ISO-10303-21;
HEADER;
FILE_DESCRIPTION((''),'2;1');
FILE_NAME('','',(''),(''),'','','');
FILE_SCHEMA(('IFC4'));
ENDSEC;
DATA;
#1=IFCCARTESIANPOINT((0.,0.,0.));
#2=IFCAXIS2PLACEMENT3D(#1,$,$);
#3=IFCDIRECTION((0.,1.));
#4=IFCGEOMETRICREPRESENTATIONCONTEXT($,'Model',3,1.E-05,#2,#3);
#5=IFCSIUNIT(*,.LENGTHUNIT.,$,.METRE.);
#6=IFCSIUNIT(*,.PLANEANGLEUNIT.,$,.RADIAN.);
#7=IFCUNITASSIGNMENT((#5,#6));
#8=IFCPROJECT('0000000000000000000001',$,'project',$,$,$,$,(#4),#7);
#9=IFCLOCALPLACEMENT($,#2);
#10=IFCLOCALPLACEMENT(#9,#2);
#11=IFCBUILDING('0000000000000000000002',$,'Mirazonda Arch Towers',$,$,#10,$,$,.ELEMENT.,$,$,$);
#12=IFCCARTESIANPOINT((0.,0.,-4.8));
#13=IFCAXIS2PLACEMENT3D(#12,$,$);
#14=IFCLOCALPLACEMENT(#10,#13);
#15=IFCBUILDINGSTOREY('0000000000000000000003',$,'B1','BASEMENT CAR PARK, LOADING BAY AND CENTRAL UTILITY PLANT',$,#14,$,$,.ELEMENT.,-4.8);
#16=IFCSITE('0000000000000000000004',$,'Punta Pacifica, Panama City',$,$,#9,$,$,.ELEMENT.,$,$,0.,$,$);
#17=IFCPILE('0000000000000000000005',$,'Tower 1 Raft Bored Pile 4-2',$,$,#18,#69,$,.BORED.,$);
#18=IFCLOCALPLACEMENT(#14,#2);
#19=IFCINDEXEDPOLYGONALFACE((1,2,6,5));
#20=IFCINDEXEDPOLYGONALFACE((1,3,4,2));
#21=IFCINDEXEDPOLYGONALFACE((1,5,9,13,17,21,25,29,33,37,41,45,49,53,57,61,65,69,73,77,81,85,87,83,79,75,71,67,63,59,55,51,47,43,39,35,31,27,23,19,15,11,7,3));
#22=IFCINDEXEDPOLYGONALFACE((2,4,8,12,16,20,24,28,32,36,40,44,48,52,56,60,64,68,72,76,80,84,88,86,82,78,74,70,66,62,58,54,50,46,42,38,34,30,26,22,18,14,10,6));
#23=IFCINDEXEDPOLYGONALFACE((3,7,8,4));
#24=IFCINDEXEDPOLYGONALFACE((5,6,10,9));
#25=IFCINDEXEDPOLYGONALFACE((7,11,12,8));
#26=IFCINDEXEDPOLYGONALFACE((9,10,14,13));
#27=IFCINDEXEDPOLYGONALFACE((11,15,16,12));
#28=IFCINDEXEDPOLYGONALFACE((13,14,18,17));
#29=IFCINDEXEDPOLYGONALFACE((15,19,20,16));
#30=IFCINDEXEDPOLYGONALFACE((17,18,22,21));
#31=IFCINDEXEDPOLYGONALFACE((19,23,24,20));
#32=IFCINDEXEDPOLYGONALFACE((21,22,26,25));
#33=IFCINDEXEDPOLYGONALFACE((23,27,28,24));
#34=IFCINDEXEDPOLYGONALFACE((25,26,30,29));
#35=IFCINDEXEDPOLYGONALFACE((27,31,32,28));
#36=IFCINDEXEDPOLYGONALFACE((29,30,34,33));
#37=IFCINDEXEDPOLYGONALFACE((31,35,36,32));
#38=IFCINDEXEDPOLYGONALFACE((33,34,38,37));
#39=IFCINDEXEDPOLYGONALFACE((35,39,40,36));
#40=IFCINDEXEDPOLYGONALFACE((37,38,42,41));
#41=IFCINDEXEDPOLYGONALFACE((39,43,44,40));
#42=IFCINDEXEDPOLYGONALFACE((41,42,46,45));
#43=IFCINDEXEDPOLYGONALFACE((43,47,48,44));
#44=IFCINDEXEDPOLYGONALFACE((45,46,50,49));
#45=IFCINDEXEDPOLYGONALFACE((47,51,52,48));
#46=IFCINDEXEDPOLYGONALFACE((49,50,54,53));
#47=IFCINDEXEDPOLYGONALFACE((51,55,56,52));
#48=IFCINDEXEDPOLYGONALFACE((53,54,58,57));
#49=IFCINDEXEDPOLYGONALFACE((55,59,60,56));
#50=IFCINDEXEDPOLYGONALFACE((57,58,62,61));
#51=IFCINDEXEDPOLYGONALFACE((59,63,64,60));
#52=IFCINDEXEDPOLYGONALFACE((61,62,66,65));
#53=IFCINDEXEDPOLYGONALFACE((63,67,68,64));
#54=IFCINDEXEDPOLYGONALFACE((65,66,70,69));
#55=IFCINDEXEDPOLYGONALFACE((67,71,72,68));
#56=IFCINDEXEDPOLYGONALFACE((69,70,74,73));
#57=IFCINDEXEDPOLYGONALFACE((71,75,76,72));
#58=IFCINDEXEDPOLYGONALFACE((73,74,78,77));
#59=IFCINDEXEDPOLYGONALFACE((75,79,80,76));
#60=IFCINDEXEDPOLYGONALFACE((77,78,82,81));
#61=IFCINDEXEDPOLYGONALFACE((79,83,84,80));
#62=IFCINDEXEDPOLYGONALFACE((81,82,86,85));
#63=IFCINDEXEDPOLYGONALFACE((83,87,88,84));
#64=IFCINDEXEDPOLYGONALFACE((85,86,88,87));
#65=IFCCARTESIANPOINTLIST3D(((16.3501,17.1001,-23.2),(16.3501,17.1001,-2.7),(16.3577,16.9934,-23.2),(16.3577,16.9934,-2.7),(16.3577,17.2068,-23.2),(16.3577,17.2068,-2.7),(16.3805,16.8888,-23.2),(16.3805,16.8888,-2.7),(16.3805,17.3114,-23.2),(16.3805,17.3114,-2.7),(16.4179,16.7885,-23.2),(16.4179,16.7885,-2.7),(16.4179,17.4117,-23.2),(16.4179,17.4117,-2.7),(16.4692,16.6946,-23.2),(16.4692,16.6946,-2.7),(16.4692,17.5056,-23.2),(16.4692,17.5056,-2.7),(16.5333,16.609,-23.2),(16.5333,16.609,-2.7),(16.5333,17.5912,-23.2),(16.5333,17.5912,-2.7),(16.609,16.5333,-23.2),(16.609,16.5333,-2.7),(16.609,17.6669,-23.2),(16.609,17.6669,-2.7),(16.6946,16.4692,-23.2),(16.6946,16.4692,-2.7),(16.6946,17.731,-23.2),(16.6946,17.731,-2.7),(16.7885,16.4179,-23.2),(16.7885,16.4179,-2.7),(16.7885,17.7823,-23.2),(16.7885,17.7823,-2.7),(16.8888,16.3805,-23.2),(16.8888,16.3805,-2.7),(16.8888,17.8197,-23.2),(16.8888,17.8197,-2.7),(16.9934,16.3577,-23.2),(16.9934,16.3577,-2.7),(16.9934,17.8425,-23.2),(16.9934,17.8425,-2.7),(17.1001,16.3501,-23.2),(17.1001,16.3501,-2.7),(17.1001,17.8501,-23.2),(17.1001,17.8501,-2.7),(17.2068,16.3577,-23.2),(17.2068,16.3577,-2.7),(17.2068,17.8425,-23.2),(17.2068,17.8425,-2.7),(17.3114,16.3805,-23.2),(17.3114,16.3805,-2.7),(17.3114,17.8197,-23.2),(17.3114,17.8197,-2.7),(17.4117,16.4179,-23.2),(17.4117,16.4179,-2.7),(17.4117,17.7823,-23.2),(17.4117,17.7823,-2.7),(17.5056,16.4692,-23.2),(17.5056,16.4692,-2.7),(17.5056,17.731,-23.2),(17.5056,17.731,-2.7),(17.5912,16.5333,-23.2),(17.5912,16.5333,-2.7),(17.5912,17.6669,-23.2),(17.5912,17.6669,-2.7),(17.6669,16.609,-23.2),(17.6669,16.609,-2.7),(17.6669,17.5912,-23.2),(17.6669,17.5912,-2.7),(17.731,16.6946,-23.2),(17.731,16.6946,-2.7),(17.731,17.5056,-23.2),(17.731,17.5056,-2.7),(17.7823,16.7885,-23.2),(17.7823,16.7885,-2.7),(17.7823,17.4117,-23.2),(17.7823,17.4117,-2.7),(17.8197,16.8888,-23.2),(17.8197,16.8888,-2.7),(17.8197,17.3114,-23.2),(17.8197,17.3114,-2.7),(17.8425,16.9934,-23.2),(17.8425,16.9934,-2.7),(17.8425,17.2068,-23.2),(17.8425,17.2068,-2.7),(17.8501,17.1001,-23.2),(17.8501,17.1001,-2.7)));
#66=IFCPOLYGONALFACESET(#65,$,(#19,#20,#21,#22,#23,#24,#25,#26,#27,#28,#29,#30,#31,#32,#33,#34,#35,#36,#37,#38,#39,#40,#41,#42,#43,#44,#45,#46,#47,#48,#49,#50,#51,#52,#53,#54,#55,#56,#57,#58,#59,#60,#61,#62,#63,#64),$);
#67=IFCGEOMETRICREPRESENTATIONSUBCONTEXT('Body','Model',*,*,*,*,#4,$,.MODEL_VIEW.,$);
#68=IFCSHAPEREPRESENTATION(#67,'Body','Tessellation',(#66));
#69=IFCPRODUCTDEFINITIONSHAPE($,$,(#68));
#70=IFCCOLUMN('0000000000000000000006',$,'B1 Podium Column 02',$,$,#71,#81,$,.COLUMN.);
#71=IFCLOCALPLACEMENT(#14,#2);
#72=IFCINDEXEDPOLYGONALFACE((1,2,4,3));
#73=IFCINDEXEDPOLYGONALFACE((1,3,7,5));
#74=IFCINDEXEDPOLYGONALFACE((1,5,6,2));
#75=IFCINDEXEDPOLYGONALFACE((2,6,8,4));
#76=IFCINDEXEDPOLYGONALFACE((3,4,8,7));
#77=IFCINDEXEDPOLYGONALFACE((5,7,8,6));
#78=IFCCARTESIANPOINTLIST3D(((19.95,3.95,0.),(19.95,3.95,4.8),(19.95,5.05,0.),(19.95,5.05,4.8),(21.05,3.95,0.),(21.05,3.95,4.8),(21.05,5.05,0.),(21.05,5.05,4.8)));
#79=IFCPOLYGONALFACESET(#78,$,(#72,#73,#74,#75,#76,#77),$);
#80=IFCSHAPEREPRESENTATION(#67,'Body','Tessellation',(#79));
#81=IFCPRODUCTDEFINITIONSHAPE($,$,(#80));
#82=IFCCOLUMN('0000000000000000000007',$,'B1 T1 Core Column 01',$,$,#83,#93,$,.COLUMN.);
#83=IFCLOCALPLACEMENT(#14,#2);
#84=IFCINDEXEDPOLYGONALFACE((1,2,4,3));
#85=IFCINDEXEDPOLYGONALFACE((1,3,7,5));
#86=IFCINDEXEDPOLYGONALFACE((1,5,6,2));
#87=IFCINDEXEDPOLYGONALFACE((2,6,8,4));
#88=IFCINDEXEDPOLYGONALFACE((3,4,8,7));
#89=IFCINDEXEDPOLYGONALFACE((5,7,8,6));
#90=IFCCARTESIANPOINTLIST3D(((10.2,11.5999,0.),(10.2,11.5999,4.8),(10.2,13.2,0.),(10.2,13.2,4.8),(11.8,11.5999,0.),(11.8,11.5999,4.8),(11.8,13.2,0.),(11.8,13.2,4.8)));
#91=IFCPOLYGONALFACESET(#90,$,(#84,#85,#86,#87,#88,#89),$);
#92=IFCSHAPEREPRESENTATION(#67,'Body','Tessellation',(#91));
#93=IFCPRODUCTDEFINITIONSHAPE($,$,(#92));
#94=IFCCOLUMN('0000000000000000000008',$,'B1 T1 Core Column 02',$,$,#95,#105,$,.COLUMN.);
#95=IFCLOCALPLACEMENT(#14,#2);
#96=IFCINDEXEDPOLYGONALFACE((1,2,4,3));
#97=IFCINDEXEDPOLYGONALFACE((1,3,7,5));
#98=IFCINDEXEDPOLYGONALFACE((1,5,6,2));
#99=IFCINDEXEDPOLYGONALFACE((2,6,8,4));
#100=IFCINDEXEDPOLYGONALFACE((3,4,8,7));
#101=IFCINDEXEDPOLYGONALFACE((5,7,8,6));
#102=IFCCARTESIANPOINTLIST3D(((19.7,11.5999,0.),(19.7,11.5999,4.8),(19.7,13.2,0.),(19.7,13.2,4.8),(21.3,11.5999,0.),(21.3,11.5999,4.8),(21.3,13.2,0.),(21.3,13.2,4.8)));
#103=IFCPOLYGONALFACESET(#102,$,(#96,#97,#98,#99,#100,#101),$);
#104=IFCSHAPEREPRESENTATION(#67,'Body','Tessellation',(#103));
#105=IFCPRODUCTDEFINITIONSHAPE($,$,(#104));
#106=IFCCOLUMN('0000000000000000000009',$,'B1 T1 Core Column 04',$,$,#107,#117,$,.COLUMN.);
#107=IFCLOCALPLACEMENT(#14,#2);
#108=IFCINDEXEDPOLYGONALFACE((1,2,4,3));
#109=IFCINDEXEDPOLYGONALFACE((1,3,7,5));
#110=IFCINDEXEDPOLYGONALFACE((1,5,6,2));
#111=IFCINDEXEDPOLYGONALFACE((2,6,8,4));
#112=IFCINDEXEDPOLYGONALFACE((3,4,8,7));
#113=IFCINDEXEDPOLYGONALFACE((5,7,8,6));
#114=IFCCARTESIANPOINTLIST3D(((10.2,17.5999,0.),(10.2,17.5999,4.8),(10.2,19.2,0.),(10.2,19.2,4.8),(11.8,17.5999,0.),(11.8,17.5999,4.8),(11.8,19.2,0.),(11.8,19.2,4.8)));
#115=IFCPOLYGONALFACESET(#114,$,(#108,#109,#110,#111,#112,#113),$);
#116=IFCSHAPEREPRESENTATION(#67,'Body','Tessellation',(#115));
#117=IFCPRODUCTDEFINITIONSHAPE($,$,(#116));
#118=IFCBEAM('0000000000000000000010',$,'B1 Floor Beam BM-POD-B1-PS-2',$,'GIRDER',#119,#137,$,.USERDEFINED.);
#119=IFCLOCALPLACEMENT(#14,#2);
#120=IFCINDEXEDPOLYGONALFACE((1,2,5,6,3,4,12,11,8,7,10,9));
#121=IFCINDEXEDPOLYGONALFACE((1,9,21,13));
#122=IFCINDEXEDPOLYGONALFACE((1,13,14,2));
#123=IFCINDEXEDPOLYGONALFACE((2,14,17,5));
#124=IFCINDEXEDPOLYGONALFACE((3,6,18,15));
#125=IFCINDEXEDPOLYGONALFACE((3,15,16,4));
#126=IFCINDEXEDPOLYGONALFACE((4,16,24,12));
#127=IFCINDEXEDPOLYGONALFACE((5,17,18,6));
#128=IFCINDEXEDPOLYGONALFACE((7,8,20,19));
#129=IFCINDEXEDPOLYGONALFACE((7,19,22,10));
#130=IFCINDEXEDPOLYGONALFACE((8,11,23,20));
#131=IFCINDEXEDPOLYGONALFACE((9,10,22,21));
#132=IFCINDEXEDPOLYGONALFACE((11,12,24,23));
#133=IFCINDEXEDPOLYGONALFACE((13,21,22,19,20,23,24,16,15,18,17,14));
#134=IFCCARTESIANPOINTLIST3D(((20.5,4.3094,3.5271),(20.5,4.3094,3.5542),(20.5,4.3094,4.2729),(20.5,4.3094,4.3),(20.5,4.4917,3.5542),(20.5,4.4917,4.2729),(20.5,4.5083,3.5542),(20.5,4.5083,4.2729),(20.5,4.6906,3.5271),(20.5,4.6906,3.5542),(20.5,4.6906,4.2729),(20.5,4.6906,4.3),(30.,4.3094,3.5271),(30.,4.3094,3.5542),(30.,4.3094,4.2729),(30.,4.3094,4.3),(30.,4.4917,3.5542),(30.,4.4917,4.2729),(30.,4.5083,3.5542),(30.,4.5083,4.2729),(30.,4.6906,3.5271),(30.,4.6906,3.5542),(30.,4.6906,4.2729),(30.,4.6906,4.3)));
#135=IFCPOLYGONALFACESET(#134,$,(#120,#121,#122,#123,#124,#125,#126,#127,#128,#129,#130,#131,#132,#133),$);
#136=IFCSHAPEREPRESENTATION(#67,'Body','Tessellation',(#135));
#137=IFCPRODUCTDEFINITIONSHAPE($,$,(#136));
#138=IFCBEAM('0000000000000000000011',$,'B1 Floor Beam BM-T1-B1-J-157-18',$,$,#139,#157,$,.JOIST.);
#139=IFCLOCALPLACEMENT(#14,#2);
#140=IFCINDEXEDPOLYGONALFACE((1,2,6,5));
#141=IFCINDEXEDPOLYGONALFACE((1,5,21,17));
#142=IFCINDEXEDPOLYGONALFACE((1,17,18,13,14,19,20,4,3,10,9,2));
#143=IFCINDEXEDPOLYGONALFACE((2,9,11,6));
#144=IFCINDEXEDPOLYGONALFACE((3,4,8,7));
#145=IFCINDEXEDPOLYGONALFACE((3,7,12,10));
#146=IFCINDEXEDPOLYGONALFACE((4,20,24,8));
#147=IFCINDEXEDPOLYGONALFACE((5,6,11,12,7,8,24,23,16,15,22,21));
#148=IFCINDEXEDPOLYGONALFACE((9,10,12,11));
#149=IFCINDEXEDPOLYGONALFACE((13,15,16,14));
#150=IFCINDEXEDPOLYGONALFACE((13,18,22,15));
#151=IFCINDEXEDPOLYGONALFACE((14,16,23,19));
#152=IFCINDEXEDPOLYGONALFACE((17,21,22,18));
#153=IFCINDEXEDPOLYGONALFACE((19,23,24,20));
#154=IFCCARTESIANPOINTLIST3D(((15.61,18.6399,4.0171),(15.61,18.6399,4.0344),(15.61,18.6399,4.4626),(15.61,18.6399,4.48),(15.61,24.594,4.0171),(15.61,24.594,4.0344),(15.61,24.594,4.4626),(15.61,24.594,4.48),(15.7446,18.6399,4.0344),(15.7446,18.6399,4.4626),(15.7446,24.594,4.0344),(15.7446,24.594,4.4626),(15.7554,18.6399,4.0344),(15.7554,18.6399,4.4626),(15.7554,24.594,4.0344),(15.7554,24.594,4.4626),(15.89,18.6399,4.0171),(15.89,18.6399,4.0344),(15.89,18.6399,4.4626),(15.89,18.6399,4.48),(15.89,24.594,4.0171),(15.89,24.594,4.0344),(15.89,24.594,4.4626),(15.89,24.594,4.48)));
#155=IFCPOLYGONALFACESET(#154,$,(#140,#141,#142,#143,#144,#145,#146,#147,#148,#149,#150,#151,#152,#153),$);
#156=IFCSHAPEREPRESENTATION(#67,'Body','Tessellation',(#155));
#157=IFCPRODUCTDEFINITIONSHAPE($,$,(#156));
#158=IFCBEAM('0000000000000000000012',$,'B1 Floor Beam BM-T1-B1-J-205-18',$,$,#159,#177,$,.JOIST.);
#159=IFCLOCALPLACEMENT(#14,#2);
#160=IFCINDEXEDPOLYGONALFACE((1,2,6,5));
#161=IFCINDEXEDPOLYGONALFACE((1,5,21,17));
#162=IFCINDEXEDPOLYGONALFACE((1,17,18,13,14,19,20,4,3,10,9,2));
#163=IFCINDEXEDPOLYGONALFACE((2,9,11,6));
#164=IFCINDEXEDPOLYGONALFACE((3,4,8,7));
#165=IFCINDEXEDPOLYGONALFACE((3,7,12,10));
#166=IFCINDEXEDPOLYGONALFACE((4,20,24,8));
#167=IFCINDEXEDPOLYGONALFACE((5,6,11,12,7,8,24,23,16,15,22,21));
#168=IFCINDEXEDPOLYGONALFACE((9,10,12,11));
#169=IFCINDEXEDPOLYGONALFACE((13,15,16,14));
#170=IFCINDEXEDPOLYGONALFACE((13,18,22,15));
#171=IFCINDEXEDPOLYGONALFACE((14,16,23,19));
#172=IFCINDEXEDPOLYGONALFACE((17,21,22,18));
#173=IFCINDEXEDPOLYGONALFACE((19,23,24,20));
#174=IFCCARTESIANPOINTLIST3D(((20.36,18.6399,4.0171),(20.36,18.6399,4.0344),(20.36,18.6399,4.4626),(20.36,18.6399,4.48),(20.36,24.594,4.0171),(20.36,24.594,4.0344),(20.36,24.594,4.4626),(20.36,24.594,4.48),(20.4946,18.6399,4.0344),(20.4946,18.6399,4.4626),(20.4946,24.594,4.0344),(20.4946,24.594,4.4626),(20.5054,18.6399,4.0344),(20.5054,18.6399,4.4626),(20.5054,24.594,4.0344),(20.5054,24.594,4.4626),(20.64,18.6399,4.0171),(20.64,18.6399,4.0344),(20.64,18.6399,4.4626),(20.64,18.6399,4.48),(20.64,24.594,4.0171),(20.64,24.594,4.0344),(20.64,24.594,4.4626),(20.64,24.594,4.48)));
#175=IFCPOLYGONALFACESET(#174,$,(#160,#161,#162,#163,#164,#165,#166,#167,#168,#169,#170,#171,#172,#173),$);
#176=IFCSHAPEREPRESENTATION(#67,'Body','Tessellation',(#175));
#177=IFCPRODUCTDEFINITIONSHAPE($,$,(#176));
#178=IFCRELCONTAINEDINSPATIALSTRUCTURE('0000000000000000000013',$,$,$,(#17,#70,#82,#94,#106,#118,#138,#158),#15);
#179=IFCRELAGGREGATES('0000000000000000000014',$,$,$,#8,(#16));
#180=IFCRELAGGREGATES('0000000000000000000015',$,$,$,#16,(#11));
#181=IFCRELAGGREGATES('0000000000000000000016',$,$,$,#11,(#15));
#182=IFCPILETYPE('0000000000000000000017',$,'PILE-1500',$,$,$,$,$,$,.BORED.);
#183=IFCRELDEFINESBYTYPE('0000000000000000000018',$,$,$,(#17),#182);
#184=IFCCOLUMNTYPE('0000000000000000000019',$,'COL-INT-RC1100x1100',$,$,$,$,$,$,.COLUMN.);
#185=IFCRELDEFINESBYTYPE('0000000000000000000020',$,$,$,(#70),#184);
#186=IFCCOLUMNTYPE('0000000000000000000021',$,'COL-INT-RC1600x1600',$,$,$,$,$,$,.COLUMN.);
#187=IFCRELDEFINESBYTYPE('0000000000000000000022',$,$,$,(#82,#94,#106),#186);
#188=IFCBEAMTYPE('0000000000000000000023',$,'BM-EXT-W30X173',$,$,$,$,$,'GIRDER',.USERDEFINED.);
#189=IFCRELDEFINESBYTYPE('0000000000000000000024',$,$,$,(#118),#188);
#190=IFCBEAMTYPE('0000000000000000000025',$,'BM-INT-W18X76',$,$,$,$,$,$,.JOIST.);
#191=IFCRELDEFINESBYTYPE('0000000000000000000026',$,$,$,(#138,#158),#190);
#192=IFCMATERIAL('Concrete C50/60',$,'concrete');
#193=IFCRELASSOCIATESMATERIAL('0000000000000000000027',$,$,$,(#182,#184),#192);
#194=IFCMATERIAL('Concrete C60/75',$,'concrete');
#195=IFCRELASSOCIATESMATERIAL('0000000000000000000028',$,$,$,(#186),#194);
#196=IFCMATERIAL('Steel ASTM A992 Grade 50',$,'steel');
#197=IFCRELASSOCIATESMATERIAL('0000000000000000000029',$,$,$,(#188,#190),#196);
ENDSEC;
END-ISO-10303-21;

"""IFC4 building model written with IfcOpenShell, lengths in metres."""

from ifc_helpers import new_model, si_unit, direction, frame, origin, origin_2d, place, context, subcontext, project, spatial, rectangle, circle, i_section, extrude, material, material_profile, profile_set, type_object, element, save


model = new_model("IFC4")

# Units and contexts
model_context = context("Model", 3, precision=1e-05, world=origin(), true_north=direction((0.0, 1.0)))
body_context = subcontext(model_context, "Body", "Model", "MODEL_VIEW")
ifc_project = project(units=[si_unit("LENGTHUNIT", "METRE"), si_unit("PLANEANGLEUNIT", "RADIAN")], contexts=[model_context])

# Site, building, storey
site_placement = place(None, origin())
site = spatial("IfcSite", under=ifc_project, at=site_placement, Name="Punta Pacifica, Panama City", CompositionType="ELEMENT", RefElevation=0.0)
building_placement = place(site_placement, origin())
building = spatial("IfcBuilding", under=site, at=building_placement, Name="Mirazonda Arch Towers", CompositionType="ELEMENT")
storey_placement = place(building_placement, frame((0.0, 0.0, -4.8)))
storey = spatial("IfcBuildingStorey", under=building, at=storey_placement, Name="B1", Description="BASEMENT CAR PARK, LOADING BAY AND CENTRAL UTILITY PLANT", CompositionType="ELEMENT", Elevation=-4.8)

# Pile
ifc_material_1 = material(Name="Concrete C50/60", Category="concrete")
ifc_material_profile_1 = material_profile(ifc_material_1, circle(Radius=0.75, at=origin_2d()), Name="BORED-D1500")
ifc_profile_set_1 = profile_set([ifc_material_profile_1], Name="Concrete C50/60")
pile_type_1 = type_object("IfcPileType", Name="PILE-1500", PredefinedType="BORED", material=ifc_profile_set_1)
for number, where, z_axis, x_axis, name in (
    (1, (17.1001, 17.1001, -2.7), (0.0, 0.0, -1.0), (1.0, 0.0, 0.0), "Tower 1 Raft Bored Pile 4-2"),
):
    element("IfcPile", number, at=place(storey_placement, frame(where, z_axis=z_axis, x_axis=x_axis)), inside=storey, type_object=pile_type_1, Name=name, PredefinedType="BORED", context=body_context, shape_type="SweptSolid", body=[
        extrude(circle(Radius=0.75, at=origin_2d()), origin(), (0.0, 0.0, 1.0), 20.5),
    ])

# Columns
ifc_material_profile_2 = material_profile(ifc_material_1, rectangle(XDim=1.1001, YDim=1.1001, at=origin_2d()), Name="RC1100x1100")
ifc_profile_set_2 = profile_set([ifc_material_profile_2], Name="Concrete C50/60")
column_type_1 = type_object("IfcColumnType", Name="COL-INT-RC1100x1100", PredefinedType="COLUMN", material=ifc_profile_set_2)
column_placement = place(storey_placement, frame((20.5, 4.5, 0.0), z_axis=(0.0, 0.0, 1.0), x_axis=(1.0, 0.0, 0.0)))
element("IfcColumn", 2, at=column_placement, inside=storey, type_object=column_type_1, Name="B1 Podium Column 02", PredefinedType="COLUMN", context=body_context, shape_type="SweptSolid", body=[
    extrude(rectangle(XDim=1.1001, YDim=1.1001, at=origin_2d()), origin(), (0.0, 0.0, 1.0), 4.8),
])
ifc_material_2 = material(Name="Concrete C60/75", Category="concrete")
ifc_material_profile_3 = material_profile(ifc_material_2, rectangle(XDim=1.6001, YDim=1.6001, at=origin_2d()), Name="RC1600x1600")
ifc_profile_set_3 = profile_set([ifc_material_profile_3], Name="Concrete C60/75")
column_type_2 = type_object("IfcColumnType", Name="COL-INT-RC1600x1600", PredefinedType="COLUMN", material=ifc_profile_set_3)
for number, where, z_axis, x_axis, name in (
    (3, (11.0, 12.3999, 0.0), (0.0, 0.0, 1.0), (1.0, 0.0, 0.0), "B1 T1 Core Column 01"),
    (4, (20.5, 12.3999, 0.0), (0.0, 0.0, 1.0), (1.0, 0.0, 0.0), "B1 T1 Core Column 02"),
    (5, (11.0, 18.3999, 0.0), (0.0, 0.0, 1.0), (1.0, 0.0, 0.0), "B1 T1 Core Column 04"),
):
    element("IfcColumn", number, at=place(storey_placement, frame(where, z_axis=z_axis, x_axis=x_axis)), inside=storey, type_object=column_type_2, Name=name, PredefinedType="COLUMN", context=body_context, shape_type="SweptSolid", body=[
        extrude(rectangle(XDim=1.6001, YDim=1.6001, at=origin_2d()), origin(), (0.0, 0.0, 1.0), 4.8),
    ])

# Beams
ifc_material_3 = material(Name="Steel ASTM A992 Grade 50", Category="steel")
ifc_material_profile_4 = material_profile(ifc_material_3, i_section(OverallWidth=0.3811, OverallDepth=0.7729, WebThickness=0.0166, FlangeThickness=0.0271, at=origin_2d()), Name="W30X173")
ifc_profile_set_4 = profile_set([ifc_material_profile_4], Name="Steel ASTM A992 Grade 50")
beam_type_1 = type_object("IfcBeamType", Name="BM-EXT-W30X173", ElementType="GIRDER", PredefinedType="USERDEFINED", material=ifc_profile_set_4)
beam_1_placement = place(storey_placement, frame((20.5, 4.5, 3.9136), z_axis=(1.0, 0.0, 0.0), x_axis=(0.0, 1.0, 0.0)))
element("IfcBeam", 6, at=beam_1_placement, inside=storey, type_object=beam_type_1, Name="B1 Floor Beam BM-POD-B1-PS-2", ObjectType="GIRDER", PredefinedType="USERDEFINED", context=body_context, shape_type="SweptSolid", body=[
    extrude(i_section(OverallWidth=0.3811, OverallDepth=0.7729, WebThickness=0.0166, FlangeThickness=0.0271, at=origin_2d()), origin(), (0.0, 0.0, 1.0), 9.5),
])
ifc_material_profile_5 = material_profile(ifc_material_3, i_section(OverallWidth=0.28, OverallDepth=0.4629, WebThickness=0.0107, FlangeThickness=0.0173, at=origin_2d()), Name="W18X76")
ifc_profile_set_5 = profile_set([ifc_material_profile_5], Name="Steel ASTM A992 Grade 50")
beam_type_2 = type_object("IfcBeamType", Name="BM-INT-W18X76", PredefinedType="JOIST", material=ifc_profile_set_5)
for number, where, z_axis, x_axis, name in (
    (7, (15.75, 18.6399, 4.2485), (0.0, 1.0, 0.0), (-1.0, 0.0, 0.0), "B1 Floor Beam BM-T1-B1-J-157-18"),
    (8, (20.5, 18.6399, 4.2485), (0.0, 1.0, 0.0), (-1.0, 0.0, 0.0), "B1 Floor Beam BM-T1-B1-J-205-18"),
):
    element("IfcBeam", number, at=place(storey_placement, frame(where, z_axis=z_axis, x_axis=x_axis)), inside=storey, type_object=beam_type_2, Name=name, PredefinedType="JOIST", context=body_context, shape_type="SweptSolid", body=[
        extrude(i_section(OverallWidth=0.28, OverallDepth=0.4629, WebThickness=0.0107, FlangeThickness=0.0173, at=origin_2d()), origin(), (0.0, 0.0, 1.0), 5.9541),
    ])

save(model, "model.ifc")
